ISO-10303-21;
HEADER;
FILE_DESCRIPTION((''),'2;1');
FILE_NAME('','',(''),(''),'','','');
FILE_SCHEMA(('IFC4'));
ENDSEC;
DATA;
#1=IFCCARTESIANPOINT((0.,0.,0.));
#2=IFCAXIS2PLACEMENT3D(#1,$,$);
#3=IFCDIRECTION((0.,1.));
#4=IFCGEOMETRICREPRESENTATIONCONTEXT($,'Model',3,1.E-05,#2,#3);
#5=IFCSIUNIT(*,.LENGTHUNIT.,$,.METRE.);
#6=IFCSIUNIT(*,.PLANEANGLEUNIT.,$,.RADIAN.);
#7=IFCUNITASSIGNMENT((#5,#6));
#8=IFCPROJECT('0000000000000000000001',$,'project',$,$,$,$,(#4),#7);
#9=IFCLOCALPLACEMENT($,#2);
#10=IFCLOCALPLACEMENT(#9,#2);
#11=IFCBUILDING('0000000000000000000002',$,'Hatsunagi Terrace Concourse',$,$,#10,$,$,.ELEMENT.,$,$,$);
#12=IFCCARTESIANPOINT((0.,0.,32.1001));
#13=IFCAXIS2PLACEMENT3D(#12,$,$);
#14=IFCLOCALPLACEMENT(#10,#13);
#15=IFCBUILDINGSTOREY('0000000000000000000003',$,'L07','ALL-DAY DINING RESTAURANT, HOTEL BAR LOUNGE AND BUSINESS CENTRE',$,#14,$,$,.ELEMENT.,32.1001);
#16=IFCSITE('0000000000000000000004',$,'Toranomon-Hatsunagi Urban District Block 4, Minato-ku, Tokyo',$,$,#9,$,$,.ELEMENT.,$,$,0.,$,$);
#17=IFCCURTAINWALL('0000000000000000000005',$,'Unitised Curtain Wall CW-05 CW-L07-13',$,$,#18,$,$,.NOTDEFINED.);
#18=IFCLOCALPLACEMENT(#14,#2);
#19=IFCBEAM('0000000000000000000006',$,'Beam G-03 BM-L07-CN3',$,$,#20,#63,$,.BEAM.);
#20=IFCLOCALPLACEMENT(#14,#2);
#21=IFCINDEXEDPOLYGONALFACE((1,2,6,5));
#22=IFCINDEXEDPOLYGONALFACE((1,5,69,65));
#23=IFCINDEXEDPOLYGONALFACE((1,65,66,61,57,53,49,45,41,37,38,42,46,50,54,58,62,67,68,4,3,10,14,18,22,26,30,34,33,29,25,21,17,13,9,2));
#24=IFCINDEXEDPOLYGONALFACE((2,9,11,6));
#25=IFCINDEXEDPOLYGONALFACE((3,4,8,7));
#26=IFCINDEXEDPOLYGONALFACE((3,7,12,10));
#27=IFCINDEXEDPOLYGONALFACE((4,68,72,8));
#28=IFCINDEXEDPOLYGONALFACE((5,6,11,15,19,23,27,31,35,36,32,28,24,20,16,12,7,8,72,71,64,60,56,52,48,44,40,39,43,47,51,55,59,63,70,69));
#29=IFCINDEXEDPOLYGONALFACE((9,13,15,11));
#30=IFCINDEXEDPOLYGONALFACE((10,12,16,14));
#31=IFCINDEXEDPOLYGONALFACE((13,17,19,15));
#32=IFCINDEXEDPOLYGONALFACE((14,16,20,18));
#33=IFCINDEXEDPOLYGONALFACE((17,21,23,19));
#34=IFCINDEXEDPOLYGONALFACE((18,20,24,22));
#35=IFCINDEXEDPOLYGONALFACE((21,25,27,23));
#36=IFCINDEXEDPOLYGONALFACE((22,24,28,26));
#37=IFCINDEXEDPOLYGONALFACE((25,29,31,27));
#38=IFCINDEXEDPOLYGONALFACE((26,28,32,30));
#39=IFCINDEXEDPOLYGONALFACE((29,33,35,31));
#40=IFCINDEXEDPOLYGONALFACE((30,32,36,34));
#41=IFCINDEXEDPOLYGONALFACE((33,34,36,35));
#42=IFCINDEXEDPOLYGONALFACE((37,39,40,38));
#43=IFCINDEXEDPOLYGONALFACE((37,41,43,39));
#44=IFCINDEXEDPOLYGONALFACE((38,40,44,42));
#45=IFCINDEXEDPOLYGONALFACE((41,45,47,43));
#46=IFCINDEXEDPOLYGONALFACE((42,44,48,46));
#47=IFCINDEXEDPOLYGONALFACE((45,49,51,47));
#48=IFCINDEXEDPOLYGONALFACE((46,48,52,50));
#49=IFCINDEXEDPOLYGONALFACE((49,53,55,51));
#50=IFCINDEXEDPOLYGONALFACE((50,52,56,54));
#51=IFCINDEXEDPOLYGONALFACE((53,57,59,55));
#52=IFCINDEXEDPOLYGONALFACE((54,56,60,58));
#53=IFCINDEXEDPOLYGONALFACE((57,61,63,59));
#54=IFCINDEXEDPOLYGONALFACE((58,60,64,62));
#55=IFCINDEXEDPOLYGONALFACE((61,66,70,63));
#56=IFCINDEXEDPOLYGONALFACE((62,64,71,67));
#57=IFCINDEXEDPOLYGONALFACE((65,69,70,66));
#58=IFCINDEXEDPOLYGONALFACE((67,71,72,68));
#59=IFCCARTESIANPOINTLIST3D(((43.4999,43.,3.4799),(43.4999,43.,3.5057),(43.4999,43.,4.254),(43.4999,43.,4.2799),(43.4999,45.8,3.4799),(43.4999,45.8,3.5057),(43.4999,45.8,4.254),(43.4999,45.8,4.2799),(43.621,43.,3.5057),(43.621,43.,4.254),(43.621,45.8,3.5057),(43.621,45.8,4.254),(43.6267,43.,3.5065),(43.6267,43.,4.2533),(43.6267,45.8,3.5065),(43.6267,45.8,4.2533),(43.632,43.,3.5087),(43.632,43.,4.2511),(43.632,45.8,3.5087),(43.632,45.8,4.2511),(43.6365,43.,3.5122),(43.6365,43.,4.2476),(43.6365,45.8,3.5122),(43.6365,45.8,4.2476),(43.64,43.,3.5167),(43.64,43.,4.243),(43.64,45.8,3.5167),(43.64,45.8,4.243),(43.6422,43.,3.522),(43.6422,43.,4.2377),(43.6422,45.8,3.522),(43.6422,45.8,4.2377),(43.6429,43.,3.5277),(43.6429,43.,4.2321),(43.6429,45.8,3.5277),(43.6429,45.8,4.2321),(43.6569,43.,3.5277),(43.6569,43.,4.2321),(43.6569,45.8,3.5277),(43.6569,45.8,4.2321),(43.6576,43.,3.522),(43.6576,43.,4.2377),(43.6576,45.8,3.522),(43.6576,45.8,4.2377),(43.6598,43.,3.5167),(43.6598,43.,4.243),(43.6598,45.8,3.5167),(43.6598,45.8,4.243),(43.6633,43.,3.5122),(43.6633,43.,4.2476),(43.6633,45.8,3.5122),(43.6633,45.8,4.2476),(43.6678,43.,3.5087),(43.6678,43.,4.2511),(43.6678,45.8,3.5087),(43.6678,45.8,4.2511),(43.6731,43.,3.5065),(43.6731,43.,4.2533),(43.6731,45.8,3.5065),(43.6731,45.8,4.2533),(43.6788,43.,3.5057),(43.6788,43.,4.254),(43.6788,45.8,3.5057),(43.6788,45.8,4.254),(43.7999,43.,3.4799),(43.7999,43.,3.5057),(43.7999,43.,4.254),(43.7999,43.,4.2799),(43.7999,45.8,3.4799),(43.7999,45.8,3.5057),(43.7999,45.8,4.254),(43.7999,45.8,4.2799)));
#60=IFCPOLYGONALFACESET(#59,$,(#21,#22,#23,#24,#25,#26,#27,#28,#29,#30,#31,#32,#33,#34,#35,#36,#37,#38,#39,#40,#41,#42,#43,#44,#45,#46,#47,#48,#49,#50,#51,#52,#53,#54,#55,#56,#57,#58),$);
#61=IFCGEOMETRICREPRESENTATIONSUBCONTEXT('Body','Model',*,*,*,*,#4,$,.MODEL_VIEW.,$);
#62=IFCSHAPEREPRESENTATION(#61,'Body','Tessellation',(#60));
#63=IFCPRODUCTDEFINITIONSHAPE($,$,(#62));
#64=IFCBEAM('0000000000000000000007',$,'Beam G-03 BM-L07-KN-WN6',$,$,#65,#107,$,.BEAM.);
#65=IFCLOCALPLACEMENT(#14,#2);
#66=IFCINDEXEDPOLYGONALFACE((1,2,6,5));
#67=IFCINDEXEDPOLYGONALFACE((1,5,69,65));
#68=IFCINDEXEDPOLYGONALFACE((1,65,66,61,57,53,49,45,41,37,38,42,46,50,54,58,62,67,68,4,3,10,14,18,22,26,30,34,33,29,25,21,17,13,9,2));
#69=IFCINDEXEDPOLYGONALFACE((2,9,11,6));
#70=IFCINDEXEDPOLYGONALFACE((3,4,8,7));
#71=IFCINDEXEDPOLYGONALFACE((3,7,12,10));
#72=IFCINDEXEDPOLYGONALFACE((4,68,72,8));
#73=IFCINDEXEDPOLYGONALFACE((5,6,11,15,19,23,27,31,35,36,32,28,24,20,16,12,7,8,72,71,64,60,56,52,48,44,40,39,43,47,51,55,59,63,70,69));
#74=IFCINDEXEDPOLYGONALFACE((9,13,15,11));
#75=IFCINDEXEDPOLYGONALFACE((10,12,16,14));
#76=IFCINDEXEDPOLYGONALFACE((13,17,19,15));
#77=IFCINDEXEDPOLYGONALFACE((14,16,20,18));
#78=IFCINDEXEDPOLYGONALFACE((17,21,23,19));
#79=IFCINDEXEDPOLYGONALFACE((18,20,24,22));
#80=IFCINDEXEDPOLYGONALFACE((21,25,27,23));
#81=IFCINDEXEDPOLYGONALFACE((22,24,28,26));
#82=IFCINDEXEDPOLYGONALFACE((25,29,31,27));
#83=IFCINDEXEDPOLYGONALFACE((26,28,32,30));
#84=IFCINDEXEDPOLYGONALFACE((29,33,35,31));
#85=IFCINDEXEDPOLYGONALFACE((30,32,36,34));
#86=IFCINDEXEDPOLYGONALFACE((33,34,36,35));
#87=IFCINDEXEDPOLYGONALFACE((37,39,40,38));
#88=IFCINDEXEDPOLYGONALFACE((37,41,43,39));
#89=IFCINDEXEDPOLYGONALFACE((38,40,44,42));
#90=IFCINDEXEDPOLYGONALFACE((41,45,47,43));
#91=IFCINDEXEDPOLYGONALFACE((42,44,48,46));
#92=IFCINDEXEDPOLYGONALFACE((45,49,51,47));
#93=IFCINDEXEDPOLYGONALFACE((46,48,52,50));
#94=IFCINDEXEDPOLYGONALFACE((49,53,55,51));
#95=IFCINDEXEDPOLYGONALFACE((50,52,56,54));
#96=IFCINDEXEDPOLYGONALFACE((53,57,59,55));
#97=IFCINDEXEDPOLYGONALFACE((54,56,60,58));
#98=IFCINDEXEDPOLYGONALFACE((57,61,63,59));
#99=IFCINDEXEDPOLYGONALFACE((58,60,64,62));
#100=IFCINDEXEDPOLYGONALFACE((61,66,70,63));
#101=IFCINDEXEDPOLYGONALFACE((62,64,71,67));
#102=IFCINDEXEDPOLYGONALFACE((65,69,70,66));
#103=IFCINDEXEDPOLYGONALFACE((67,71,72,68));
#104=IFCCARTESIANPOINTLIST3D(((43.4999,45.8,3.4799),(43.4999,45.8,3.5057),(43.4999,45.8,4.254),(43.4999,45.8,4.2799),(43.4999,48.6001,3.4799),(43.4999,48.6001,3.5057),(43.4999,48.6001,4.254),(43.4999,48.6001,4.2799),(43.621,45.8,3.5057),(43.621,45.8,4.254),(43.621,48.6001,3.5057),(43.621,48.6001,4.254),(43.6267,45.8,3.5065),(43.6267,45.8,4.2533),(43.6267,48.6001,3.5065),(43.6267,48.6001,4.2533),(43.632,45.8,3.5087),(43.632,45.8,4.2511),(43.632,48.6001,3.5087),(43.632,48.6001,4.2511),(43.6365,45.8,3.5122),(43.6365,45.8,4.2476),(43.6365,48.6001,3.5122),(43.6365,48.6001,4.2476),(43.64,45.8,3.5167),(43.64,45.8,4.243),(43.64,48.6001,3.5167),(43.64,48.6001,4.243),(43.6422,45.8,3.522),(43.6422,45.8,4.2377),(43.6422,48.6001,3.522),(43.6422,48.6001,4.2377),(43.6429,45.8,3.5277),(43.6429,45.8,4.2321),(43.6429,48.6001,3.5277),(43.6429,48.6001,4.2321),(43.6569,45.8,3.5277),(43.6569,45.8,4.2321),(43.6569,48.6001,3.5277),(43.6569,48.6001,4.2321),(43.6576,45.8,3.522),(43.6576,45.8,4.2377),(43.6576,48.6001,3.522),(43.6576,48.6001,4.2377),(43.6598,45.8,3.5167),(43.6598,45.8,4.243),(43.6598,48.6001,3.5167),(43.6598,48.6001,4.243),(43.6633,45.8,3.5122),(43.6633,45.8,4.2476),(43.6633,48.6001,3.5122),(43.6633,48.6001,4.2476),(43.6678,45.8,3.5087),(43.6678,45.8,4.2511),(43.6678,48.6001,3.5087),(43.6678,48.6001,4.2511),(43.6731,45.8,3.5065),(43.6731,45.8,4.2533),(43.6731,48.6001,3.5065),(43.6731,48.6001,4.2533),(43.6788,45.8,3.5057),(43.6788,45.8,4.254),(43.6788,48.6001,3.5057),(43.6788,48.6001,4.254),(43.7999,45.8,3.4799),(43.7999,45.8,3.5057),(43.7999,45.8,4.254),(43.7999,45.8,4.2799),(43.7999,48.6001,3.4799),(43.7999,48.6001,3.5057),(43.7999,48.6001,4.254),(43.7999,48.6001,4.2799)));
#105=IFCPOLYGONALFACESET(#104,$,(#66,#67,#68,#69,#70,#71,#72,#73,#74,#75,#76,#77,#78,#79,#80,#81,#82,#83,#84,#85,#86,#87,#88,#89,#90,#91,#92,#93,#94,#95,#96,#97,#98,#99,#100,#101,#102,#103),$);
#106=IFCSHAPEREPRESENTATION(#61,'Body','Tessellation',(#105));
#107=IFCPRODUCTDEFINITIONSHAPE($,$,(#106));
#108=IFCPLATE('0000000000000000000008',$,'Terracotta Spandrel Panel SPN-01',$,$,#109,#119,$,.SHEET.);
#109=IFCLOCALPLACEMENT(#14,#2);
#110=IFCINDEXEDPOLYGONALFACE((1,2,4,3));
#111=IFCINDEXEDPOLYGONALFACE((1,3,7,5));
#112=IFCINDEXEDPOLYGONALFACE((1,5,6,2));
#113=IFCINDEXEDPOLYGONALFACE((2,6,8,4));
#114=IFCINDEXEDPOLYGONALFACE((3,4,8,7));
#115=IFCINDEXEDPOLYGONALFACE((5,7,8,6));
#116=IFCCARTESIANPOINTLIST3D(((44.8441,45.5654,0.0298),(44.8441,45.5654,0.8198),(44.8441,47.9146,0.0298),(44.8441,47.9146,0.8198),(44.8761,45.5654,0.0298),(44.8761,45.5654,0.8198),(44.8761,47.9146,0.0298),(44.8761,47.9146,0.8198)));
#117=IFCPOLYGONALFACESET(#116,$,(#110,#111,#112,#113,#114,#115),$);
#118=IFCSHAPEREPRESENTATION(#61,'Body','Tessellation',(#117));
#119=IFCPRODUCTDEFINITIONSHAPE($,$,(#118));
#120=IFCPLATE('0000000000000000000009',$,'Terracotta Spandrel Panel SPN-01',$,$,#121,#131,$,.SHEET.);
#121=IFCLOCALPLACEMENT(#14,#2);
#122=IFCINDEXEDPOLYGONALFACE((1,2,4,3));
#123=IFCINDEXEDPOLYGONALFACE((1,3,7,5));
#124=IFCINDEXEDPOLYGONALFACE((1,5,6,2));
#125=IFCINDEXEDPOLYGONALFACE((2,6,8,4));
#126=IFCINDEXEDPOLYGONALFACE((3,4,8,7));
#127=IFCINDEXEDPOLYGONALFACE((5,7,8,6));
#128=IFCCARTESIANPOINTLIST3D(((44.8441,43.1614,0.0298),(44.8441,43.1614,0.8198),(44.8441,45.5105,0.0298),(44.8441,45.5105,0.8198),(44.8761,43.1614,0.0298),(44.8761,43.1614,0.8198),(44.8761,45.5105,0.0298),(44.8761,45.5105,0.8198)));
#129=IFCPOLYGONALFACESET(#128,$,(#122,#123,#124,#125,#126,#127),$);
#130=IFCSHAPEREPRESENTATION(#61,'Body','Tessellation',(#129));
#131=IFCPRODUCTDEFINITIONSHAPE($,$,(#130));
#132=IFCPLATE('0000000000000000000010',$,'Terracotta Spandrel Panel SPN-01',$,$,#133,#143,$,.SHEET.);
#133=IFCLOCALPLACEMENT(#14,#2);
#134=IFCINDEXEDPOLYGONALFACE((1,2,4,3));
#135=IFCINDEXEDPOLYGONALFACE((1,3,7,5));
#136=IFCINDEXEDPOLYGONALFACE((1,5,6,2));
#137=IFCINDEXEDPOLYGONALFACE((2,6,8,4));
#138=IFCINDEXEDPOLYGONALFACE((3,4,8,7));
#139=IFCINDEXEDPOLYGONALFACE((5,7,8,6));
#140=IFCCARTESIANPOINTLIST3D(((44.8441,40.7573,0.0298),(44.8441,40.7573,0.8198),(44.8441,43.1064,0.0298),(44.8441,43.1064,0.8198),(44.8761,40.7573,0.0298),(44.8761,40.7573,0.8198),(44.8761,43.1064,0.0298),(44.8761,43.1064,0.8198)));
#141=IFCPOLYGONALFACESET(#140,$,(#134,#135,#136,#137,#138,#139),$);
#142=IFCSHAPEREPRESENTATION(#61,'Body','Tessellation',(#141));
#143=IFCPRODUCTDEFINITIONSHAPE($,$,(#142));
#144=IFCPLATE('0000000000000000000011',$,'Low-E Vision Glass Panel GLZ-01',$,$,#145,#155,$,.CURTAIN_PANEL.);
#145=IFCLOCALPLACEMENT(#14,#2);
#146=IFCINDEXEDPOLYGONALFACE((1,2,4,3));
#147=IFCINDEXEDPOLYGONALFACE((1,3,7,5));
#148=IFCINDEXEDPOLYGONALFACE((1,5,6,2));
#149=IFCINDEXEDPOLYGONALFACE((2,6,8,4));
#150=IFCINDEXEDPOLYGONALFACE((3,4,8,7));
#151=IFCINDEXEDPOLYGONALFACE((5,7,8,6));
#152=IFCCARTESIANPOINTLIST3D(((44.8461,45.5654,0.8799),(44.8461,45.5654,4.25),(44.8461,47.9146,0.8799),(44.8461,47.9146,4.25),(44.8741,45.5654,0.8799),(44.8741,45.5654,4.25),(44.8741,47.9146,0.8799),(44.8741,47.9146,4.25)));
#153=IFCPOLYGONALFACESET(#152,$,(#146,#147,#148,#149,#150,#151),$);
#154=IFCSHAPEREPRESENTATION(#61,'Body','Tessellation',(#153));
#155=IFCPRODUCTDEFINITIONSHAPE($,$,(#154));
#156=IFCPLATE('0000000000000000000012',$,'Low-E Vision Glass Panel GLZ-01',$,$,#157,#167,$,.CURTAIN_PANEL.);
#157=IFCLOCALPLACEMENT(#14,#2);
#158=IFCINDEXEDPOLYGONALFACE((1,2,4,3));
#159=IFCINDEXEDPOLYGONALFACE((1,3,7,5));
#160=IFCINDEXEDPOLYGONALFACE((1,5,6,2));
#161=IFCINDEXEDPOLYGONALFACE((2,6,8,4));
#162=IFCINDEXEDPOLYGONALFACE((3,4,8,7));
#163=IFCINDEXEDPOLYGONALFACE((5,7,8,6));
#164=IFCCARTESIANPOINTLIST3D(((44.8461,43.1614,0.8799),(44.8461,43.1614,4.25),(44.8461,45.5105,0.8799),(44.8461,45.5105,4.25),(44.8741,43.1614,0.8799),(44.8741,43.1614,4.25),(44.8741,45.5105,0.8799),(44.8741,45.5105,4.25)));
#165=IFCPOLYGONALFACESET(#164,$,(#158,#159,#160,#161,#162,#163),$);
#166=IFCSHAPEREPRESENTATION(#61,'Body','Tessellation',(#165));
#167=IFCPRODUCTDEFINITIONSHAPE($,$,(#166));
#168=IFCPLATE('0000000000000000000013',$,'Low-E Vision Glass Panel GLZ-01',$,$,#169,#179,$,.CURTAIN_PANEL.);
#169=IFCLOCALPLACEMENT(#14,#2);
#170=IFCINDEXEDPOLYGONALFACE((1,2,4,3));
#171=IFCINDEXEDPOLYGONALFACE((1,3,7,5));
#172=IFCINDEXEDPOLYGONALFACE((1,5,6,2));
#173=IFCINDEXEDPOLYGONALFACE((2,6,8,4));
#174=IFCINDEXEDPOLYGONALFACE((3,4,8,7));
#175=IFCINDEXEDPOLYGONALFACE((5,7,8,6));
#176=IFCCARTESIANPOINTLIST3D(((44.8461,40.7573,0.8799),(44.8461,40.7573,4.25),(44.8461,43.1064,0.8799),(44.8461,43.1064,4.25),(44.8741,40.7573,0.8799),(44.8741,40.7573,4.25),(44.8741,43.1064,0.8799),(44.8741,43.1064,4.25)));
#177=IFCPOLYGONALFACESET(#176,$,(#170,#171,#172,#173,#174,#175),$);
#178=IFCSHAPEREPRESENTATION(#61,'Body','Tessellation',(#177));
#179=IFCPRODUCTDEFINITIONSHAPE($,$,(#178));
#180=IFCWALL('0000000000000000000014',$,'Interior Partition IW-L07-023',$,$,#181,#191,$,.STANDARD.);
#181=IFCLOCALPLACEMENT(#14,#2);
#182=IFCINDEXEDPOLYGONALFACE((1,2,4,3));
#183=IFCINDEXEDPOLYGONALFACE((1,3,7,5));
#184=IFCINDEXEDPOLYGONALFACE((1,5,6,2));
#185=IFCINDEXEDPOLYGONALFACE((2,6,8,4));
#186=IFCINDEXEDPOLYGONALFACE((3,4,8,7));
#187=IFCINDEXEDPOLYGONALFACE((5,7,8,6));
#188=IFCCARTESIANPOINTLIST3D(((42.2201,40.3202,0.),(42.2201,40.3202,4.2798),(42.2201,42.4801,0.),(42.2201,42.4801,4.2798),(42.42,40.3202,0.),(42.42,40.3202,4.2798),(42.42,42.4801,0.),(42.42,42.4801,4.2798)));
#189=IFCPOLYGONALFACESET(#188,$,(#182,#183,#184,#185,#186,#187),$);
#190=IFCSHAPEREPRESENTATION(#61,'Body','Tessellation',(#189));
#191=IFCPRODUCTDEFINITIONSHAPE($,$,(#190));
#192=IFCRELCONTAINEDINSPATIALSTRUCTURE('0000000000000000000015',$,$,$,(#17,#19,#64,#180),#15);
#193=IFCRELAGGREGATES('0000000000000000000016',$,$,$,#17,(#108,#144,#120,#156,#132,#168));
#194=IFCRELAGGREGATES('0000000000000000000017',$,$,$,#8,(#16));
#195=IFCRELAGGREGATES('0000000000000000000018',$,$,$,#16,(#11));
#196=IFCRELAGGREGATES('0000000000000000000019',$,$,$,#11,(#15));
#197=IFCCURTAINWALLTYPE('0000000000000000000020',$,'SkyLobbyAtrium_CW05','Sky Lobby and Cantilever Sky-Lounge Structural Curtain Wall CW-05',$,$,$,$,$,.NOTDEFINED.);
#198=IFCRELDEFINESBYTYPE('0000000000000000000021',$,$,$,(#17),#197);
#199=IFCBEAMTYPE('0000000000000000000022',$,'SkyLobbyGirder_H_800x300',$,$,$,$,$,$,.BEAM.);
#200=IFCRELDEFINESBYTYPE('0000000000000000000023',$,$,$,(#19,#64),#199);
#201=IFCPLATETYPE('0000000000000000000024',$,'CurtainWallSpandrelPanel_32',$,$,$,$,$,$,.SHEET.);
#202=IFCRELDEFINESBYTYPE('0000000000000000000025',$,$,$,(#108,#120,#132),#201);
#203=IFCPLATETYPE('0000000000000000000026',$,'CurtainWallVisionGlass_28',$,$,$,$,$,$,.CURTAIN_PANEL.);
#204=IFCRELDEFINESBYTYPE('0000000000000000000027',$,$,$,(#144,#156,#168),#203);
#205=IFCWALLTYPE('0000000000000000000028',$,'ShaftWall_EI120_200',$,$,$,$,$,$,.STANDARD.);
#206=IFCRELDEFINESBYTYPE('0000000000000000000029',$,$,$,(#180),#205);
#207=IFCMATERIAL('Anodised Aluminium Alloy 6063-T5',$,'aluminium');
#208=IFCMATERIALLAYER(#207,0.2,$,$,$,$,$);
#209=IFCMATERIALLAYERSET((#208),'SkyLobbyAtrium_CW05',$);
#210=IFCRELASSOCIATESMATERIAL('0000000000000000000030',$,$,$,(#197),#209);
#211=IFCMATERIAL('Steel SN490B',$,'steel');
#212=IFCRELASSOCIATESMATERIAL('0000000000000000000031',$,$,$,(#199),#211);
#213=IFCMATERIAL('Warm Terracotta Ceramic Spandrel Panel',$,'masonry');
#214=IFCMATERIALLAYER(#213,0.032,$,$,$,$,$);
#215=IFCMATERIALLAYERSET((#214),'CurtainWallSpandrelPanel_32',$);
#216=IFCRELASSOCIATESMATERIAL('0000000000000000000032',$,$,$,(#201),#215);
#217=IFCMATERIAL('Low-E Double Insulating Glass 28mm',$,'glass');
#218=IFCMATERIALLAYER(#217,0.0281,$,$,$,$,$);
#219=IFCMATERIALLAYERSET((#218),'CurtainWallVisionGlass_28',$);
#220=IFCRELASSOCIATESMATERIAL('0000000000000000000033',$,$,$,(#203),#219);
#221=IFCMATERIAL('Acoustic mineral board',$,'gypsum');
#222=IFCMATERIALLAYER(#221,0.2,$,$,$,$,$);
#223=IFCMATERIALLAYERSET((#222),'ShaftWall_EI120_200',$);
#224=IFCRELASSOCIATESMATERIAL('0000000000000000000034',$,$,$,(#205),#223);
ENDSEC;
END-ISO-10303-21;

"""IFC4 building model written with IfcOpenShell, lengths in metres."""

from ifc_helpers import new_model, si_unit, direction, frame, frame_2d, origin, origin_2d, place, context, subcontext, project, spatial, rectangle, i_section, extrude, material, layer, layer_set, material_profile, profile_set, type_object, element, aggregate, save


model = new_model("IFC4")

# Units and contexts
model_context = context("Model", 3, precision=1e-05, world=origin(), true_north=direction((0.0, 1.0)))
body_context = subcontext(model_context, "Body", "Model", "MODEL_VIEW")
ifc_project = project(units=[si_unit("LENGTHUNIT", "METRE"), si_unit("PLANEANGLEUNIT", "RADIAN")], contexts=[model_context])

# Site, building, storey
site_placement = place(None, origin())
site = spatial("IfcSite", under=ifc_project, at=site_placement, Name="Toranomon-Hatsunagi Urban District Block 4, Minato-ku, Tokyo", CompositionType="ELEMENT", RefElevation=0.0)
building_placement = place(site_placement, origin())
building = spatial("IfcBuilding", under=site, at=building_placement, Name="Hatsunagi Terrace Concourse", CompositionType="ELEMENT")
storey_placement = place(building_placement, frame((0.0, 0.0, 32.1001)))
storey = spatial("IfcBuildingStorey", under=building, at=storey_placement, Name="L07", Description="ALL-DAY DINING RESTAURANT, HOTEL BAR LOUNGE AND BUSINESS CENTRE", CompositionType="ELEMENT", Elevation=32.1001)

# Curtain wall
ifc_material_1 = material(Name="Anodised Aluminium Alloy 6063-T5", Category="aluminium")
ifc_layer_1 = layer(ifc_material_1, 0.2)
ifc_layer_set_1 = layer_set([ifc_layer_1], Name="SkyLobbyAtrium_CW05")
curtain_wall_type = type_object("IfcCurtainWallType", Name="SkyLobbyAtrium_CW05", Description="Sky Lobby and Cantilever Sky-Lounge Structural Curtain Wall CW-05", PredefinedType="NOTDEFINED", material=ifc_layer_set_1)
curtain_wall_placement = place(storey_placement, origin())
curtain_wall = element("IfcCurtainWall", 1, at=curtain_wall_placement, inside=storey, type_object=curtain_wall_type, Name="Unitised Curtain Wall CW-05 CW-L07-13", PredefinedType="NOTDEFINED")

# Beams
ifc_material_2 = material(Name="Steel SN490B", Category="steel")
ifc_material_profile_1 = material_profile(ifc_material_2, i_section(OverallWidth=0.3, OverallDepth=0.8, WebThickness=0.0139, FlangeThickness=0.0259, FilletRadius=0.022, at=origin_2d()), Name="H-800x300x14x26")
ifc_profile_set_1 = profile_set([ifc_material_profile_1], Name="Steel SN490B")
beam_type = type_object("IfcBeamType", Name="SkyLobbyGirder_H_800x300", PredefinedType="BEAM", material=ifc_profile_set_1)
for number, where, z_axis, x_axis, name in (
    (2, (43.6499, 43.0, 3.8799), (0.0, 1.0, 0.0), (-1.0, 0.0, 0.0), "Beam G-03 BM-L07-CN3"),
    (3, (43.6499, 45.8, 3.8799), (0.0, 1.0, 0.0), (-1.0, 0.0, 0.0), "Beam G-03 BM-L07-KN-WN6"),
):
    element("IfcBeam", number, at=place(storey_placement, frame(where, z_axis=z_axis, x_axis=x_axis)), inside=storey, type_object=beam_type, Name=name, PredefinedType="BEAM", context=body_context, shape_type="SweptSolid", body=[
        extrude(i_section(OverallWidth=0.3, OverallDepth=0.8, WebThickness=0.0139, FlangeThickness=0.0259, FilletRadius=0.022, at=origin_2d()), origin(), (0.0, 0.0, 1.0), 2.8),
    ])

# Plates
ifc_material_3 = material(Name="Warm Terracotta Ceramic Spandrel Panel", Category="masonry")
ifc_layer_2 = layer(ifc_material_3, 0.032)
ifc_layer_set_2 = layer_set([ifc_layer_2], Name="CurtainWallSpandrelPanel_32")
plate_type_1 = type_object("IfcPlateType", Name="CurtainWallSpandrelPanel_32", PredefinedType="SHEET", material=ifc_layer_set_2)
plate_1_placement = place(storey_placement, frame((44.8601, 46.74, 0.0298), z_axis=(0.0, 0.0, 1.0), x_axis=(0.0, -1.0, 0.0)))
plate_1 = element("IfcPlate", 4, at=plate_1_placement, type_object=plate_type_1, Name="Terracotta Spandrel Panel SPN-01", PredefinedType="SHEET", context=body_context, shape_type="SweptSolid", body=[
    extrude(rectangle(XDim=2.3491, YDim=0.032, at=origin_2d()), origin(), (0.0, 0.0, 1.0), 0.79),
])
plate_2_placement = place(storey_placement, frame((44.8601, 44.3359, 0.0298), z_axis=(0.0, 0.0, 1.0), x_axis=(0.0, -1.0, 0.0)))
plate_2 = element("IfcPlate", 5, at=plate_2_placement, type_object=plate_type_1, Name="Terracotta Spandrel Panel SPN-01", PredefinedType="SHEET", context=body_context, shape_type="SweptSolid", body=[
    extrude(rectangle(XDim=2.3491, YDim=0.032, at=origin_2d()), origin(), (0.0, 0.0, 1.0), 0.79),
])
plate_3_placement = place(storey_placement, frame((44.8601, 41.9319, 0.0298), z_axis=(0.0, 0.0, 1.0), x_axis=(0.0, -1.0, 0.0)))
plate_3 = element("IfcPlate", 6, at=plate_3_placement, type_object=plate_type_1, Name="Terracotta Spandrel Panel SPN-01", PredefinedType="SHEET", context=body_context, shape_type="SweptSolid", body=[
    extrude(rectangle(XDim=2.3491, YDim=0.032, at=origin_2d()), origin(), (0.0, 0.0, 1.0), 0.79),
])
ifc_material_4 = material(Name="Low-E Double Insulating Glass 28mm", Category="glass")
ifc_layer_3 = layer(ifc_material_4, 0.0281)
ifc_layer_set_3 = layer_set([ifc_layer_3], Name="CurtainWallVisionGlass_28")
plate_type_2 = type_object("IfcPlateType", Name="CurtainWallVisionGlass_28", PredefinedType="CURTAIN_PANEL", material=ifc_layer_set_3)
plate_4_placement = place(storey_placement, frame((44.8601, 46.74, 0.8799), z_axis=(0.0, 0.0, 1.0), x_axis=(0.0, -1.0, 0.0)))
plate_4 = element("IfcPlate", 7, at=plate_4_placement, type_object=plate_type_2, Name="Low-E Vision Glass Panel GLZ-01", PredefinedType="CURTAIN_PANEL", context=body_context, shape_type="SweptSolid", body=[
    extrude(rectangle(XDim=2.3491, YDim=0.0281, at=origin_2d()), origin(), (0.0, 0.0, 1.0), 3.3701),
])
plate_5_placement = place(storey_placement, frame((44.8601, 44.3359, 0.8799), z_axis=(0.0, 0.0, 1.0), x_axis=(0.0, -1.0, 0.0)))
plate_5 = element("IfcPlate", 8, at=plate_5_placement, type_object=plate_type_2, Name="Low-E Vision Glass Panel GLZ-01", PredefinedType="CURTAIN_PANEL", context=body_context, shape_type="SweptSolid", body=[
    extrude(rectangle(XDim=2.3491, YDim=0.0281, at=origin_2d()), origin(), (0.0, 0.0, 1.0), 3.3701),
])
plate_6_placement = place(storey_placement, frame((44.8601, 41.9319, 0.8799), z_axis=(0.0, 0.0, 1.0), x_axis=(0.0, -1.0, 0.0)))
plate_6 = element("IfcPlate", 9, at=plate_6_placement, type_object=plate_type_2, Name="Low-E Vision Glass Panel GLZ-01", PredefinedType="CURTAIN_PANEL", context=body_context, shape_type="SweptSolid", body=[
    extrude(rectangle(XDim=2.3491, YDim=0.0281, at=origin_2d()), origin(), (0.0, 0.0, 1.0), 3.3701),
])
aggregate(curtain_wall, [plate_1, plate_4, plate_2, plate_5, plate_3, plate_6])

# Wall
ifc_material_5 = material(Name="Acoustic mineral board", Category="gypsum")
ifc_layer_4 = layer(ifc_material_5, 0.2)
ifc_layer_set_4 = layer_set([ifc_layer_4], Name="ShaftWall_EI120_200")
wall_type_1 = type_object("IfcWallType", Name="ShaftWall_EI120_200", PredefinedType="STANDARD", material=ifc_layer_set_4)
wall_1_placement = place(storey_placement, frame((42.3201, 40.3201, 0.0), z_axis=(0.0, 0.0, 1.0), x_axis=(0.0, 1.0, 0.0)))
element("IfcWall", 10, at=wall_1_placement, inside=storey, type_object=wall_type_1, Name="Interior Partition IW-L07-023", PredefinedType="STANDARD", context=body_context, shape_type="SweptSolid", body=[
    extrude(rectangle(XDim=2.1599, YDim=0.2, at=frame_2d((1.0801, 0.0))), origin(), (0.0, 0.0, 1.0), 4.2798),
])

save(model, "model.ifc")
